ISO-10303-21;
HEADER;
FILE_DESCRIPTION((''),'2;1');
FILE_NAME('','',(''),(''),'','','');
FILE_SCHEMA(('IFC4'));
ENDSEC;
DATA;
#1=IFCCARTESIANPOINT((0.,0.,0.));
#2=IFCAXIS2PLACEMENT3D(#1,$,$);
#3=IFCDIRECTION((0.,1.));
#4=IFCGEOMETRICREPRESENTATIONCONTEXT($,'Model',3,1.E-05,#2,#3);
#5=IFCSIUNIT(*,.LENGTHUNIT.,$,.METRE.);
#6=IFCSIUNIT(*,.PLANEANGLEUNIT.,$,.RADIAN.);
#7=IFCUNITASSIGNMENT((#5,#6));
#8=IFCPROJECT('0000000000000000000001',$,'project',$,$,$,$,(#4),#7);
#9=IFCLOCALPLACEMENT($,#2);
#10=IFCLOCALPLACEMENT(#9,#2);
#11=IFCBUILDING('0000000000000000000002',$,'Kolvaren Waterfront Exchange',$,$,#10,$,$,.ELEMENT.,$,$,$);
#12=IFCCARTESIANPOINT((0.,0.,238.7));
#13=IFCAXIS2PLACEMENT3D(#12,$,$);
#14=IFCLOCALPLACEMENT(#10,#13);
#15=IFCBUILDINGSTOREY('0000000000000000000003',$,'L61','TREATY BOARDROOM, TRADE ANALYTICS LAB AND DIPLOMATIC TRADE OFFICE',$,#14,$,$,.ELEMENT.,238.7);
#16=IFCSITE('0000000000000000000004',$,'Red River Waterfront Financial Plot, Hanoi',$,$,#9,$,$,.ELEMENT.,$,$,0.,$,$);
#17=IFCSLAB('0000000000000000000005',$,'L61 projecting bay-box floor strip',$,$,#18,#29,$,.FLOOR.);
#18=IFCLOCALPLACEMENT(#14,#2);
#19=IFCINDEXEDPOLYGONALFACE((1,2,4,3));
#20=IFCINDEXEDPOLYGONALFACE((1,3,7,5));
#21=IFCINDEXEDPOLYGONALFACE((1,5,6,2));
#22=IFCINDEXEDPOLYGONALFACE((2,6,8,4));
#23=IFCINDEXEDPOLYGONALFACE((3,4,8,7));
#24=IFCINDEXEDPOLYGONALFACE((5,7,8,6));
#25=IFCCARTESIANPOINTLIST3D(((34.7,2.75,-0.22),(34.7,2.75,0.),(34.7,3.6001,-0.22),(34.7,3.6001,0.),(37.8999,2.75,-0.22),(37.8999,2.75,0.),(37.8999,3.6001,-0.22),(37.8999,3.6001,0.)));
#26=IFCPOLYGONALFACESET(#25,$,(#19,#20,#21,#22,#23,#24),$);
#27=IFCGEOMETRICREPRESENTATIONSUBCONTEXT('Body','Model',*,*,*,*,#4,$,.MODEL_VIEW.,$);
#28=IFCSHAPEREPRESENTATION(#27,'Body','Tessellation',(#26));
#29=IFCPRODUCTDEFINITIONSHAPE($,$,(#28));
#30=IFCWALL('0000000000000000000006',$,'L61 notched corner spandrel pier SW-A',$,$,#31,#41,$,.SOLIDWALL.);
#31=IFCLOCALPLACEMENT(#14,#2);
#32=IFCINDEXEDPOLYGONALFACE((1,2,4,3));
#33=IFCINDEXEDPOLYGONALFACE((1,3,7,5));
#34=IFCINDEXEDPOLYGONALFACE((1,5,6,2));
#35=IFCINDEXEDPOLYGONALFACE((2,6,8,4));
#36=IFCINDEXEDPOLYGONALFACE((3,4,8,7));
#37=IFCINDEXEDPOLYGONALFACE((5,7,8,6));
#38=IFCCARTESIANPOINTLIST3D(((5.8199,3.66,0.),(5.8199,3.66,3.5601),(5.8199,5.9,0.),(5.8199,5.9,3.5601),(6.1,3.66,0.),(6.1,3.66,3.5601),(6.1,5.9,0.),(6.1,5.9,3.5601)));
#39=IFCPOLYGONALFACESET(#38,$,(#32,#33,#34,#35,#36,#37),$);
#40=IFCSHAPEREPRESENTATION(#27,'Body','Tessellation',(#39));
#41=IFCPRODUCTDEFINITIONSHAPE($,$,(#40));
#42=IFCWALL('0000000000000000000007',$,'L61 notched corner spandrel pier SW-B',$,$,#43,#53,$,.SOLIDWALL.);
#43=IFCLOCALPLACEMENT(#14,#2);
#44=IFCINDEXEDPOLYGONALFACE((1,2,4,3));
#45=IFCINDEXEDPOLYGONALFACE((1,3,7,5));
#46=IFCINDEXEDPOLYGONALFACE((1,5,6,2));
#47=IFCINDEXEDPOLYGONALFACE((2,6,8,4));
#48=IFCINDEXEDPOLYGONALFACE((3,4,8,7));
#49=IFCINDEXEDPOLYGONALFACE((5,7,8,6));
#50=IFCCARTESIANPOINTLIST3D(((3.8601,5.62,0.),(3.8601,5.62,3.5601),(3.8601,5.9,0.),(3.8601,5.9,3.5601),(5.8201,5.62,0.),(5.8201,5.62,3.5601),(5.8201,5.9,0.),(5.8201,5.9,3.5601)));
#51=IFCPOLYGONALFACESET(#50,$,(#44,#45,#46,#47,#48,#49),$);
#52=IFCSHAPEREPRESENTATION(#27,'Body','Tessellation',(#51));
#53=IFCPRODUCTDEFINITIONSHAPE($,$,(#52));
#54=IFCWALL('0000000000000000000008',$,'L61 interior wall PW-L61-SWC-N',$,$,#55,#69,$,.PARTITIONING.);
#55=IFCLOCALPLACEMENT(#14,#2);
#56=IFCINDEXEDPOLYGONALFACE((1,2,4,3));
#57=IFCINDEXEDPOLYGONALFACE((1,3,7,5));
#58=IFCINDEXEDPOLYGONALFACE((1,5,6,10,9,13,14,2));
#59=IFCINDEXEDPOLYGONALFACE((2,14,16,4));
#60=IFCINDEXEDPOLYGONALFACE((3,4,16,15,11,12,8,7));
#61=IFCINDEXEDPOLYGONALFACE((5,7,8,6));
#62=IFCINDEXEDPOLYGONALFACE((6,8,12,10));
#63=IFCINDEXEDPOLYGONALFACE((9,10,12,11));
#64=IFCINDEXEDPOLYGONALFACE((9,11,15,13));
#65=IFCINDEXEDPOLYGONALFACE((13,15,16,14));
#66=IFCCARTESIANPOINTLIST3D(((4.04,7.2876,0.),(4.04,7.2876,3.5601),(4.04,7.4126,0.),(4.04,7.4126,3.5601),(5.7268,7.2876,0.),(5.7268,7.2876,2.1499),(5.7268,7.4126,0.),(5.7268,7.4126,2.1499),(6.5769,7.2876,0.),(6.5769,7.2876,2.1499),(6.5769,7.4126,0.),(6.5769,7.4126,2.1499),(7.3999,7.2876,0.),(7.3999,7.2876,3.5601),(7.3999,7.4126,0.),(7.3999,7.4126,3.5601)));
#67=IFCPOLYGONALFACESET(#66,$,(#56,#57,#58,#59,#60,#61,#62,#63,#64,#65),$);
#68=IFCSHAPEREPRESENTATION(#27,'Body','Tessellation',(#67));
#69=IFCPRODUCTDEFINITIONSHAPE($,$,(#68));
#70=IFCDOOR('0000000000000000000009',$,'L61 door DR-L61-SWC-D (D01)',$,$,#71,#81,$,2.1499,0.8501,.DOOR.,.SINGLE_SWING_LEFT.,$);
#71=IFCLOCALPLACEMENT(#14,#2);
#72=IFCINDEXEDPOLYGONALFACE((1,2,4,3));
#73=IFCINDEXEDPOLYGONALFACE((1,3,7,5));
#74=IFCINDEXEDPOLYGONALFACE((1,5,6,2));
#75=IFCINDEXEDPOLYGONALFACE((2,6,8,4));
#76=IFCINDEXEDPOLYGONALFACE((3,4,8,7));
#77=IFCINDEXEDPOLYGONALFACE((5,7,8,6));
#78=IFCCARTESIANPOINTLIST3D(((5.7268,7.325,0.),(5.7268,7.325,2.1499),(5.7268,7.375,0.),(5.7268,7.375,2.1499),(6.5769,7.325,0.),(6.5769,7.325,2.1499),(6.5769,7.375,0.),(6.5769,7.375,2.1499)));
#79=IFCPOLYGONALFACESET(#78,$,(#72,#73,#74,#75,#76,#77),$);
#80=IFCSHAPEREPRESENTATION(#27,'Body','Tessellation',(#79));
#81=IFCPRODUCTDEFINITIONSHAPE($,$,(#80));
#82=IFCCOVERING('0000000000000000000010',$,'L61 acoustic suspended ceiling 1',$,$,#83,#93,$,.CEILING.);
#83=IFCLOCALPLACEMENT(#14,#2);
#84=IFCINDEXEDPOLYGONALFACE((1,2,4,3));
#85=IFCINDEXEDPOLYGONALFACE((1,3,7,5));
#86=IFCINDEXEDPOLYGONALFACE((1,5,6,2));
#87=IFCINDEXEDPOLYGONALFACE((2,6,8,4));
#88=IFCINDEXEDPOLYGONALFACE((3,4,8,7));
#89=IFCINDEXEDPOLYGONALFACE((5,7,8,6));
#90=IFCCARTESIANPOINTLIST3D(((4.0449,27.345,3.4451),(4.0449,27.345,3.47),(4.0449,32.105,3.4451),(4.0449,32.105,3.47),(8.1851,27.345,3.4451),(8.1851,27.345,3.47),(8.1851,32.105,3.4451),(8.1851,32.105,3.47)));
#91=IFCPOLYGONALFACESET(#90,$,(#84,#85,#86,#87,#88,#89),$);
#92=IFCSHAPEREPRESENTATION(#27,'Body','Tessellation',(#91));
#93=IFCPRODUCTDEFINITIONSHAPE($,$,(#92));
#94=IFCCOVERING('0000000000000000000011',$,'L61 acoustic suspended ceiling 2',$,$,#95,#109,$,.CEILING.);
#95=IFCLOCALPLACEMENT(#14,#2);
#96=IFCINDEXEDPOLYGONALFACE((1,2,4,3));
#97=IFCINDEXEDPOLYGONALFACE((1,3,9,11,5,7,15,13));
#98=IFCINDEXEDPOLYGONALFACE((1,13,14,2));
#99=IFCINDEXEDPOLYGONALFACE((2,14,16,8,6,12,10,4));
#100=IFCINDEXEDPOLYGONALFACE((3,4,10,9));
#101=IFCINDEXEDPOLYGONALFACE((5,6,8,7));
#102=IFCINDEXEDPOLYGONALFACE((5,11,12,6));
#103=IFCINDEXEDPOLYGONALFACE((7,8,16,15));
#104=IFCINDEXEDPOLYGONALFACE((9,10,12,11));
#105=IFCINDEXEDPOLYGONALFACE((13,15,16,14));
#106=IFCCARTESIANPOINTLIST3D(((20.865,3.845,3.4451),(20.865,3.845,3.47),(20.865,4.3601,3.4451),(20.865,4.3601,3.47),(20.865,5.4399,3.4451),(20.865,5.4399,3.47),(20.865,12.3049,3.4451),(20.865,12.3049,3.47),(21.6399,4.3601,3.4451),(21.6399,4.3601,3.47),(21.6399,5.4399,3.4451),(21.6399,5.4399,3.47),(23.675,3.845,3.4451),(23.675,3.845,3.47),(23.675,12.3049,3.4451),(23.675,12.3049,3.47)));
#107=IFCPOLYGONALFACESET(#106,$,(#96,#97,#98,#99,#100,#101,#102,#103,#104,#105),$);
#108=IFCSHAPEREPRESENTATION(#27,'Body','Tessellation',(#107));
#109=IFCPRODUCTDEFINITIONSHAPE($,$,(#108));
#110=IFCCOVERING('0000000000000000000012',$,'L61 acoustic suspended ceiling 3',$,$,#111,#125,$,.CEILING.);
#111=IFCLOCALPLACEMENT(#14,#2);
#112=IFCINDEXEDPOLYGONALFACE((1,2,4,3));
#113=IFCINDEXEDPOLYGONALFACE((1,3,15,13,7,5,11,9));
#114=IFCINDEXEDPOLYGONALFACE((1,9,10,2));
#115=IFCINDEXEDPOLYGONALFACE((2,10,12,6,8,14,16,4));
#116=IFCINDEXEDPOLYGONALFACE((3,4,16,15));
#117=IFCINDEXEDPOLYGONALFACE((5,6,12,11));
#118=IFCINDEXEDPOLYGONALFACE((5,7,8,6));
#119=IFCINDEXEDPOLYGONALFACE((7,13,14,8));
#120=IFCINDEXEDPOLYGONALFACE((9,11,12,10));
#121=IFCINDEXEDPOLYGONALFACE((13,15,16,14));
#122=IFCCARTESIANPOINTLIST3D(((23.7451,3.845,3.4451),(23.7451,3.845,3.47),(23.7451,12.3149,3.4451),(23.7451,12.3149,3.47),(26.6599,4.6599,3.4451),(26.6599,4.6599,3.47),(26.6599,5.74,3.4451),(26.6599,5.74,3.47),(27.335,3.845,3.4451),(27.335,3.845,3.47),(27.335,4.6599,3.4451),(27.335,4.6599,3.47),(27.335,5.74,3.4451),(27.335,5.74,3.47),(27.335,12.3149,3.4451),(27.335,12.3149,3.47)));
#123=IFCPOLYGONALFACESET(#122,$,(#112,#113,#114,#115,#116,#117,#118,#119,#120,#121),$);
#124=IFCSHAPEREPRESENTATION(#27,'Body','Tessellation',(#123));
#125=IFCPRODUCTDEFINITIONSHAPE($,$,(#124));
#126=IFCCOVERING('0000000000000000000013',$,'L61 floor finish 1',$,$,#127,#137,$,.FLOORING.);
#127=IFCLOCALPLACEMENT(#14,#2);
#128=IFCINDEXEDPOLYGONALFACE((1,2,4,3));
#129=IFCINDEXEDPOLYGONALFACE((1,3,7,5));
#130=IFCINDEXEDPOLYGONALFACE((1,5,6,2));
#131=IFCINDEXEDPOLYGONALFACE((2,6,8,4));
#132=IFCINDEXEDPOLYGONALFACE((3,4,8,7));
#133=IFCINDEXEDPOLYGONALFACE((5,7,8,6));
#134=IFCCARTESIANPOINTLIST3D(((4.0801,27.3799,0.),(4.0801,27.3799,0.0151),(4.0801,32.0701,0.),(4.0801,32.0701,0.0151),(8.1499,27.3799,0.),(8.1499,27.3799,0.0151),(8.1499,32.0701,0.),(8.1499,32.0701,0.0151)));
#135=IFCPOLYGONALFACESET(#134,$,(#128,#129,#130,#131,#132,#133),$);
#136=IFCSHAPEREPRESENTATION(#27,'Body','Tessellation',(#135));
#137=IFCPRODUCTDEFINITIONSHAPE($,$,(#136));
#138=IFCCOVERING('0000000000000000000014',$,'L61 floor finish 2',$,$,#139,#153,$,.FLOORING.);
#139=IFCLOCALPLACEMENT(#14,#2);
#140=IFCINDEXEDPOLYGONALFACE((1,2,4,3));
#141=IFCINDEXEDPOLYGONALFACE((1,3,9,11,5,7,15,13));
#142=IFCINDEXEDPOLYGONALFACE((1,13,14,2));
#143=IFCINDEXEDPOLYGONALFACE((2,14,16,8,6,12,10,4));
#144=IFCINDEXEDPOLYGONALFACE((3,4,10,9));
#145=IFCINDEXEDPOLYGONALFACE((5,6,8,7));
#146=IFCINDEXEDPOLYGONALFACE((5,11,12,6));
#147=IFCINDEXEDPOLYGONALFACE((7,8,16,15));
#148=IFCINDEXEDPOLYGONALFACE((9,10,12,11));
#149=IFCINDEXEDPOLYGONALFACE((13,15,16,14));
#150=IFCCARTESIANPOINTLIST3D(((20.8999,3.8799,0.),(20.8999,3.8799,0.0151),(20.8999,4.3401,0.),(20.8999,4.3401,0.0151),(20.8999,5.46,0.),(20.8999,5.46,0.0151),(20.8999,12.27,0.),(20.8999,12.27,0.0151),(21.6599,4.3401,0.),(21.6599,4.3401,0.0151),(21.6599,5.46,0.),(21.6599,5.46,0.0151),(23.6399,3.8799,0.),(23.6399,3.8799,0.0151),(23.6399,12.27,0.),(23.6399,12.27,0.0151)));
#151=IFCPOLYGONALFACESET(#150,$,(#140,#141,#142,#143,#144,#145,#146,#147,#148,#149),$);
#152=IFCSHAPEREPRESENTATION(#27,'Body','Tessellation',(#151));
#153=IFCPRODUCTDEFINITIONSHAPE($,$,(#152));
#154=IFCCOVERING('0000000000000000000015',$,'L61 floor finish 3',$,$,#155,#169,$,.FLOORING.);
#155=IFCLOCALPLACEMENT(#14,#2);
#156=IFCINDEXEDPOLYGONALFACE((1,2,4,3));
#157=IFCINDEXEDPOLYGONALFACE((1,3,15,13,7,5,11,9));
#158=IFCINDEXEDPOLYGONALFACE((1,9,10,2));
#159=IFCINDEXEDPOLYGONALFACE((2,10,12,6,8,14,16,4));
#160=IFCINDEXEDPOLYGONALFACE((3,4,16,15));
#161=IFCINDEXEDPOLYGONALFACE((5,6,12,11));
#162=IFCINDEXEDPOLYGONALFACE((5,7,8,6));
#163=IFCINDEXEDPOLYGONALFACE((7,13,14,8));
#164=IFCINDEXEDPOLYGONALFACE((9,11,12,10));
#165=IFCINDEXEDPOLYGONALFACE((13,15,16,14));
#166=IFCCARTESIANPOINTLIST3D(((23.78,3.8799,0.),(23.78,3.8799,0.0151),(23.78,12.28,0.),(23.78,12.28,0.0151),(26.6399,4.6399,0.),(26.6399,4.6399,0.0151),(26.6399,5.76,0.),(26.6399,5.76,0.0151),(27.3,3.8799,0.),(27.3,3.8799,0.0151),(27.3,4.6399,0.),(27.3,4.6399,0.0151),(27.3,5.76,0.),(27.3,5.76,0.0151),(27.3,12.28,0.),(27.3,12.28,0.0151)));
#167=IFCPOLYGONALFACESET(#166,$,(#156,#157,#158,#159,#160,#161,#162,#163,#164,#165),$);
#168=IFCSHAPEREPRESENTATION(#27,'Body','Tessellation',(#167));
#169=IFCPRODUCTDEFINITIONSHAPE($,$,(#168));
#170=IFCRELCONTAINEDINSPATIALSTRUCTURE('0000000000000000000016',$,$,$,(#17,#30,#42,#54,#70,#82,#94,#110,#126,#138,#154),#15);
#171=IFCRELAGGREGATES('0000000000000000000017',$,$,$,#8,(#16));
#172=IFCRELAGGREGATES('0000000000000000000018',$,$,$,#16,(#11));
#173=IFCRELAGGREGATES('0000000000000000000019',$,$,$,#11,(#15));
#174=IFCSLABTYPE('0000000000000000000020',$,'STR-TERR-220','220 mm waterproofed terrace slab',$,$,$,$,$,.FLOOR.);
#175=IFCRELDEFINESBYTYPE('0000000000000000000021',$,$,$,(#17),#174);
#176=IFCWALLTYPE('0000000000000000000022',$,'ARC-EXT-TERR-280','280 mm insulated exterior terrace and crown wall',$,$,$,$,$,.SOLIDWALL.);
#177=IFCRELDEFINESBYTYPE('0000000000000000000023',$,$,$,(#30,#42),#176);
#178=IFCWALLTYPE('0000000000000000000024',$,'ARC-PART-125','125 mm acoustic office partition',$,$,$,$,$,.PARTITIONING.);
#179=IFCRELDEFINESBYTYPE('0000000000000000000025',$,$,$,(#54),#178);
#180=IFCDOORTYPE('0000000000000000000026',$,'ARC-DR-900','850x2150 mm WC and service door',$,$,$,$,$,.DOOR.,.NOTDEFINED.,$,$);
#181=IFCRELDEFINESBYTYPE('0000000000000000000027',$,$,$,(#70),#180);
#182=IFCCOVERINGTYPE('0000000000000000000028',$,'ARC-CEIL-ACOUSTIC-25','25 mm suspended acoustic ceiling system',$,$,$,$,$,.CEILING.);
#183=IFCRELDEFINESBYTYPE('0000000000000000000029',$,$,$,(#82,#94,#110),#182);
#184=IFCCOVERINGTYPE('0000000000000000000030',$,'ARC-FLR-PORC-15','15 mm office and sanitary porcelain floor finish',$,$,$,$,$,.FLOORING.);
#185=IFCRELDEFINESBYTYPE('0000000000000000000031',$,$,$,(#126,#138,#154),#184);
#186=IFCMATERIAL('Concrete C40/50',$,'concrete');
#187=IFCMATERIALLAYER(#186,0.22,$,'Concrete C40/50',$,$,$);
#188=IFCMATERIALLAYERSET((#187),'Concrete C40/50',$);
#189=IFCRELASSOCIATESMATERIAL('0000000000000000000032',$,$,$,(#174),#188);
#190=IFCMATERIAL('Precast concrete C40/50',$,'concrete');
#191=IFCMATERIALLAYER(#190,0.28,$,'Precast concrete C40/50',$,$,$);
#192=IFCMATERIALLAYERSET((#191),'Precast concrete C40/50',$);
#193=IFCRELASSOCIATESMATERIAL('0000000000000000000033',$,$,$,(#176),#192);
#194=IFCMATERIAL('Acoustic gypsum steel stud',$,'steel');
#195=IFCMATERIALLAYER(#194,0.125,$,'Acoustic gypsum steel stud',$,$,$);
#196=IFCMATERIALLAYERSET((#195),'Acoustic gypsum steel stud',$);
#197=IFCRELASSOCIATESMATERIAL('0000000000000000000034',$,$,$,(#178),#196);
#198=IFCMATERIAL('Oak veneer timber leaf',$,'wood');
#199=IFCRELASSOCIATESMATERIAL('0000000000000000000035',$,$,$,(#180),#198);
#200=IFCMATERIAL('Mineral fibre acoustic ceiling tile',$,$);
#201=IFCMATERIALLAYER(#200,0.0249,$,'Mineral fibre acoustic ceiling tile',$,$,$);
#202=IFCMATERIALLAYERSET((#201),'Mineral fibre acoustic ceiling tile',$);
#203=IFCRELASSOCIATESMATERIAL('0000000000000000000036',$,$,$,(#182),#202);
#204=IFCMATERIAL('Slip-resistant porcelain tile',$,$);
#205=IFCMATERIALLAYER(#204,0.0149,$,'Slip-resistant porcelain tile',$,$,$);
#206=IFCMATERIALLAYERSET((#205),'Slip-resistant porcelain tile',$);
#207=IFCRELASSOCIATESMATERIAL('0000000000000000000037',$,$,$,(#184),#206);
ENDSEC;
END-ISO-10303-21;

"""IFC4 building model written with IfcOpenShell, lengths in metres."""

from ifc_helpers import new_model, si_unit, direction, frame, frame_2d, origin, place, context, subcontext, project, spatial, polyline, rectangle, outline, extrude, material, layer, layer_set, type_object, element, fill, save


model = new_model("IFC4")

# Units and contexts
model_context = context("Model", 3, precision=1e-05, world=origin(), true_north=direction((0.0, 1.0)))
body_context = subcontext(model_context, "Body", "Model", "MODEL_VIEW")
ifc_project = project(units=[si_unit("LENGTHUNIT", "METRE"), si_unit("PLANEANGLEUNIT", "RADIAN")], contexts=[model_context])

# Site, building, storey
site_placement = place(None, origin())
site = spatial("IfcSite", under=ifc_project, at=site_placement, Name="Red River Waterfront Financial Plot, Hanoi", CompositionType="ELEMENT", RefElevation=0.0)
building_placement = place(site_placement, origin())
building = spatial("IfcBuilding", under=site, at=building_placement, Name="Kolvaren Waterfront Exchange", CompositionType="ELEMENT")
storey_placement = place(building_placement, frame((0.0, 0.0, 238.7)))
storey = spatial("IfcBuildingStorey", under=building, at=storey_placement, Name="L61", Description="TREATY BOARDROOM, TRADE ANALYTICS LAB AND DIPLOMATIC TRADE OFFICE", CompositionType="ELEMENT", Elevation=238.7)

# Shared definitions
ifc_material_1 = material(Name="Concrete C40/50", Category="concrete")

# Slab
ifc_layer_1 = layer(ifc_material_1, 0.22, Name="Concrete C40/50")
ifc_layer_set_1 = layer_set([ifc_layer_1], Name="Concrete C40/50")
slab_type_1 = type_object("IfcSlabType", Name="STR-TERR-220", Description="220 mm waterproofed terrace slab", PredefinedType="FLOOR", material=ifc_layer_set_1)
slab_1_placement = place(storey_placement, frame((0.0, 0.0, -0.22)))
element("IfcSlab", 1, at=slab_1_placement, inside=storey, type_object=slab_type_1, Name="L61 projecting bay-box floor strip", PredefinedType="FLOOR", context=body_context, shape_type="SweptSolid", body=[
    extrude(outline(polyline([(34.7, 2.75), (37.8999, 2.75), (37.8999, 3.6001), (34.7, 3.6001), (34.7, 2.75)])), origin(), (0.0, 0.0, 1.0), 0.22),
])

# Walls
ifc_material_2 = material(Name="Precast concrete C40/50", Category="concrete")
ifc_layer_2 = layer(ifc_material_2, 0.28, Name="Precast concrete C40/50")
ifc_layer_set_2 = layer_set([ifc_layer_2], Name="Precast concrete C40/50")
wall_type_1 = type_object("IfcWallType", Name="ARC-EXT-TERR-280", Description="280 mm insulated exterior terrace and crown wall", PredefinedType="SOLIDWALL", material=ifc_layer_set_2)
wall_1_placement = place(storey_placement, frame((5.96, 3.6599, 0.0), z_axis=(0.0, 0.0, 1.0), x_axis=(0.0, 1.0, 0.0)))
element("IfcWall", 2, at=wall_1_placement, inside=storey, type_object=wall_type_1, Name="L61 notched corner spandrel pier SW-A", PredefinedType="SOLIDWALL", context=body_context, shape_type="SweptSolid", body=[
    extrude(rectangle(XDim=2.24, YDim=0.28, at=frame_2d((1.1201, 0.0))), origin(), (0.0, 0.0, 1.0), 3.5601),
])
wall_2_placement = place(storey_placement, frame((3.8601, 5.76, 0.0), z_axis=(0.0, 0.0, 1.0), x_axis=(1.0, 0.0, 0.0)))
element("IfcWall", 3, at=wall_2_placement, inside=storey, type_object=wall_type_1, Name="L61 notched corner spandrel pier SW-B", PredefinedType="SOLIDWALL", context=body_context, shape_type="SweptSolid", body=[
    extrude(rectangle(XDim=1.96, YDim=0.28, at=frame_2d((0.98, 0.0))), origin(), (0.0, 0.0, 1.0), 3.5601),
])

# Wall, opening, door
ifc_material_3 = material(Name="Acoustic gypsum steel stud", Category="steel")
ifc_layer_3 = layer(ifc_material_3, 0.125, Name="Acoustic gypsum steel stud")
ifc_layer_set_3 = layer_set([ifc_layer_3], Name="Acoustic gypsum steel stud")
wall_type_2 = type_object("IfcWallType", Name="ARC-PART-125", Description="125 mm acoustic office partition", PredefinedType="PARTITIONING", material=ifc_layer_set_3)
wall_3_placement = place(storey_placement, frame((4.04, 7.3501, 0.0), z_axis=(0.0, 0.0, 1.0), x_axis=(1.0, 0.0, 0.0)))
wall_3 = element("IfcWall", 4, at=wall_3_placement, inside=storey, type_object=wall_type_2, Name="L61 interior wall PW-L61-SWC-N", PredefinedType="PARTITIONING", context=body_context, shape_type="SweptSolid", body=[
    extrude(rectangle(XDim=3.3599, YDim=0.125, at=frame_2d((1.6799, 0.0))), origin(), (0.0, 0.0, 1.0), 3.5601),
])
opening_placement = place(wall_3_placement, frame((1.6868, 0.0, 0.0)))
opening = element("IfcOpeningElement", 5, at=opening_placement, cuts=wall_3, PredefinedType="OPENING", context=body_context, shape_type="SweptSolid", body=[
    extrude(rectangle(XDim=0.8501, YDim=2.1499, at=frame_2d((0.425, 1.075))), frame((0.0, 0.0725, 0.0), z_axis=(0.0, -1.0, 0.0), x_axis=(1.0, 0.0, 0.0)), (0.0, 0.0, 1.0), 0.145),
])
ifc_material_4 = material(Name="Oak veneer timber leaf", Category="wood")
door_type = type_object("IfcDoorType", Name="ARC-DR-900", Description="850x2150 mm WC and service door", OperationType="NOTDEFINED", PredefinedType="DOOR", material=ifc_material_4)
door_placement = place(opening_placement, origin())
door = element("IfcDoor", 6, at=door_placement, inside=storey, type_object=door_type, Name="L61 door DR-L61-SWC-D (D01)", OperationType="SINGLE_SWING_LEFT", OverallHeight=2.1499, OverallWidth=0.8501, PredefinedType="DOOR", context=body_context, shape_type="SweptSolid", body=[
    extrude(rectangle(XDim=0.8501, YDim=2.1499, at=frame_2d((0.425, 1.075))), frame((0.0, 0.0249, 0.0), z_axis=(0.0, -1.0, 0.0), x_axis=(1.0, 0.0, 0.0)), (0.0, 0.0, 1.0), 0.05),
])
fill(opening, door)

# Coverings
ifc_material_5 = material(Name="Mineral fibre acoustic ceiling tile")
ifc_layer_4 = layer(ifc_material_5, 0.0249, Name="Mineral fibre acoustic ceiling tile")
ifc_layer_set_4 = layer_set([ifc_layer_4], Name="Mineral fibre acoustic ceiling tile")
covering_type_1 = type_object("IfcCoveringType", Name="ARC-CEIL-ACOUSTIC-25", Description="25 mm suspended acoustic ceiling system", PredefinedType="CEILING", material=ifc_layer_set_4)
covering_1_placement = place(storey_placement, frame((0.0, 0.0, 3.4451)))
element("IfcCovering", 7, at=covering_1_placement, inside=storey, type_object=covering_type_1, Name="L61 acoustic suspended ceiling 1", PredefinedType="CEILING", context=body_context, shape_type="SweptSolid", body=[
    extrude(outline(polyline([(8.1851, 27.345), (8.1851, 32.105), (4.0449, 32.105), (4.0449, 27.345), (8.1851, 27.345)])), origin(), (0.0, 0.0, 1.0), 0.0249),
])
covering_2_placement = place(storey_placement, frame((0.0, 0.0, 3.4451)))
element("IfcCovering", 8, at=covering_2_placement, inside=storey, type_object=covering_type_1, Name="L61 acoustic suspended ceiling 2", PredefinedType="CEILING", context=body_context, shape_type="SweptSolid", body=[
    extrude(outline(polyline([(20.865, 5.4399), (21.6399, 5.4399), (21.6399, 4.3601), (20.865, 4.3601), (20.865, 3.845), (23.675, 3.845), (23.675, 12.3049), (20.865, 12.3049), (20.865, 5.4399)])), origin(), (0.0, 0.0, 1.0), 0.0249),
])
covering_3_placement = place(storey_placement, frame((0.0, 0.0, 3.4451)))
element("IfcCovering", 9, at=covering_3_placement, inside=storey, type_object=covering_type_1, Name="L61 acoustic suspended ceiling 3", PredefinedType="CEILING", context=body_context, shape_type="SweptSolid", body=[
    extrude(outline(polyline([(27.335, 4.6599), (26.6599, 4.6599), (26.6599, 5.74), (27.335, 5.74), (27.335, 12.3149), (23.7451, 12.3149), (23.7451, 3.845), (27.335, 3.845), (27.335, 4.6599)])), origin(), (0.0, 0.0, 1.0), 0.0249),
])
ifc_material_6 = material(Name="Slip-resistant porcelain tile")
ifc_layer_5 = layer(ifc_material_6, 0.0149, Name="Slip-resistant porcelain tile")
ifc_layer_set_5 = layer_set([ifc_layer_5], Name="Slip-resistant porcelain tile")
covering_type_2 = type_object("IfcCoveringType", Name="ARC-FLR-PORC-15", Description="15 mm office and sanitary porcelain floor finish", PredefinedType="FLOORING", material=ifc_layer_set_5)
covering_4_placement = place(storey_placement, origin())
element("IfcCovering", 10, at=covering_4_placement, inside=storey, type_object=covering_type_2, Name="L61 floor finish 1", PredefinedType="FLOORING", context=body_context, shape_type="SweptSolid", body=[
    extrude(outline(polyline([(4.0801, 32.0701), (4.0801, 27.3799), (8.1499, 27.3799), (8.1499, 32.0701), (4.0801, 32.0701)])), origin(), (0.0, 0.0, 1.0), 0.0151),
])
covering_5_placement = place(storey_placement, origin())
element("IfcCovering", 11, at=covering_5_placement, inside=storey, type_object=covering_type_2, Name="L61 floor finish 2", PredefinedType="FLOORING", context=body_context, shape_type="SweptSolid", body=[
    extrude(outline(polyline([(20.8999, 4.3401), (20.8999, 3.8799), (23.6399, 3.8799), (23.6399, 12.27), (20.8999, 12.27), (20.8999, 5.46), (21.6599, 5.46), (21.6599, 4.3401), (20.8999, 4.3401)])), origin(), (0.0, 0.0, 1.0), 0.0151),
])
covering_6_placement = place(storey_placement, origin())
element("IfcCovering", 12, at=covering_6_placement, inside=storey, type_object=covering_type_2, Name="L61 floor finish 3", PredefinedType="FLOORING", context=body_context, shape_type="SweptSolid", body=[
    extrude(outline(polyline([(23.78, 12.28), (23.78, 3.8799), (27.3, 3.8799), (27.3, 4.6399), (26.6399, 4.6399), (26.6399, 5.76), (27.3, 5.76), (27.3, 12.28), (23.78, 12.28)])), origin(), (0.0, 0.0, 1.0), 0.0151),
])

save(model, "model.ifc")
